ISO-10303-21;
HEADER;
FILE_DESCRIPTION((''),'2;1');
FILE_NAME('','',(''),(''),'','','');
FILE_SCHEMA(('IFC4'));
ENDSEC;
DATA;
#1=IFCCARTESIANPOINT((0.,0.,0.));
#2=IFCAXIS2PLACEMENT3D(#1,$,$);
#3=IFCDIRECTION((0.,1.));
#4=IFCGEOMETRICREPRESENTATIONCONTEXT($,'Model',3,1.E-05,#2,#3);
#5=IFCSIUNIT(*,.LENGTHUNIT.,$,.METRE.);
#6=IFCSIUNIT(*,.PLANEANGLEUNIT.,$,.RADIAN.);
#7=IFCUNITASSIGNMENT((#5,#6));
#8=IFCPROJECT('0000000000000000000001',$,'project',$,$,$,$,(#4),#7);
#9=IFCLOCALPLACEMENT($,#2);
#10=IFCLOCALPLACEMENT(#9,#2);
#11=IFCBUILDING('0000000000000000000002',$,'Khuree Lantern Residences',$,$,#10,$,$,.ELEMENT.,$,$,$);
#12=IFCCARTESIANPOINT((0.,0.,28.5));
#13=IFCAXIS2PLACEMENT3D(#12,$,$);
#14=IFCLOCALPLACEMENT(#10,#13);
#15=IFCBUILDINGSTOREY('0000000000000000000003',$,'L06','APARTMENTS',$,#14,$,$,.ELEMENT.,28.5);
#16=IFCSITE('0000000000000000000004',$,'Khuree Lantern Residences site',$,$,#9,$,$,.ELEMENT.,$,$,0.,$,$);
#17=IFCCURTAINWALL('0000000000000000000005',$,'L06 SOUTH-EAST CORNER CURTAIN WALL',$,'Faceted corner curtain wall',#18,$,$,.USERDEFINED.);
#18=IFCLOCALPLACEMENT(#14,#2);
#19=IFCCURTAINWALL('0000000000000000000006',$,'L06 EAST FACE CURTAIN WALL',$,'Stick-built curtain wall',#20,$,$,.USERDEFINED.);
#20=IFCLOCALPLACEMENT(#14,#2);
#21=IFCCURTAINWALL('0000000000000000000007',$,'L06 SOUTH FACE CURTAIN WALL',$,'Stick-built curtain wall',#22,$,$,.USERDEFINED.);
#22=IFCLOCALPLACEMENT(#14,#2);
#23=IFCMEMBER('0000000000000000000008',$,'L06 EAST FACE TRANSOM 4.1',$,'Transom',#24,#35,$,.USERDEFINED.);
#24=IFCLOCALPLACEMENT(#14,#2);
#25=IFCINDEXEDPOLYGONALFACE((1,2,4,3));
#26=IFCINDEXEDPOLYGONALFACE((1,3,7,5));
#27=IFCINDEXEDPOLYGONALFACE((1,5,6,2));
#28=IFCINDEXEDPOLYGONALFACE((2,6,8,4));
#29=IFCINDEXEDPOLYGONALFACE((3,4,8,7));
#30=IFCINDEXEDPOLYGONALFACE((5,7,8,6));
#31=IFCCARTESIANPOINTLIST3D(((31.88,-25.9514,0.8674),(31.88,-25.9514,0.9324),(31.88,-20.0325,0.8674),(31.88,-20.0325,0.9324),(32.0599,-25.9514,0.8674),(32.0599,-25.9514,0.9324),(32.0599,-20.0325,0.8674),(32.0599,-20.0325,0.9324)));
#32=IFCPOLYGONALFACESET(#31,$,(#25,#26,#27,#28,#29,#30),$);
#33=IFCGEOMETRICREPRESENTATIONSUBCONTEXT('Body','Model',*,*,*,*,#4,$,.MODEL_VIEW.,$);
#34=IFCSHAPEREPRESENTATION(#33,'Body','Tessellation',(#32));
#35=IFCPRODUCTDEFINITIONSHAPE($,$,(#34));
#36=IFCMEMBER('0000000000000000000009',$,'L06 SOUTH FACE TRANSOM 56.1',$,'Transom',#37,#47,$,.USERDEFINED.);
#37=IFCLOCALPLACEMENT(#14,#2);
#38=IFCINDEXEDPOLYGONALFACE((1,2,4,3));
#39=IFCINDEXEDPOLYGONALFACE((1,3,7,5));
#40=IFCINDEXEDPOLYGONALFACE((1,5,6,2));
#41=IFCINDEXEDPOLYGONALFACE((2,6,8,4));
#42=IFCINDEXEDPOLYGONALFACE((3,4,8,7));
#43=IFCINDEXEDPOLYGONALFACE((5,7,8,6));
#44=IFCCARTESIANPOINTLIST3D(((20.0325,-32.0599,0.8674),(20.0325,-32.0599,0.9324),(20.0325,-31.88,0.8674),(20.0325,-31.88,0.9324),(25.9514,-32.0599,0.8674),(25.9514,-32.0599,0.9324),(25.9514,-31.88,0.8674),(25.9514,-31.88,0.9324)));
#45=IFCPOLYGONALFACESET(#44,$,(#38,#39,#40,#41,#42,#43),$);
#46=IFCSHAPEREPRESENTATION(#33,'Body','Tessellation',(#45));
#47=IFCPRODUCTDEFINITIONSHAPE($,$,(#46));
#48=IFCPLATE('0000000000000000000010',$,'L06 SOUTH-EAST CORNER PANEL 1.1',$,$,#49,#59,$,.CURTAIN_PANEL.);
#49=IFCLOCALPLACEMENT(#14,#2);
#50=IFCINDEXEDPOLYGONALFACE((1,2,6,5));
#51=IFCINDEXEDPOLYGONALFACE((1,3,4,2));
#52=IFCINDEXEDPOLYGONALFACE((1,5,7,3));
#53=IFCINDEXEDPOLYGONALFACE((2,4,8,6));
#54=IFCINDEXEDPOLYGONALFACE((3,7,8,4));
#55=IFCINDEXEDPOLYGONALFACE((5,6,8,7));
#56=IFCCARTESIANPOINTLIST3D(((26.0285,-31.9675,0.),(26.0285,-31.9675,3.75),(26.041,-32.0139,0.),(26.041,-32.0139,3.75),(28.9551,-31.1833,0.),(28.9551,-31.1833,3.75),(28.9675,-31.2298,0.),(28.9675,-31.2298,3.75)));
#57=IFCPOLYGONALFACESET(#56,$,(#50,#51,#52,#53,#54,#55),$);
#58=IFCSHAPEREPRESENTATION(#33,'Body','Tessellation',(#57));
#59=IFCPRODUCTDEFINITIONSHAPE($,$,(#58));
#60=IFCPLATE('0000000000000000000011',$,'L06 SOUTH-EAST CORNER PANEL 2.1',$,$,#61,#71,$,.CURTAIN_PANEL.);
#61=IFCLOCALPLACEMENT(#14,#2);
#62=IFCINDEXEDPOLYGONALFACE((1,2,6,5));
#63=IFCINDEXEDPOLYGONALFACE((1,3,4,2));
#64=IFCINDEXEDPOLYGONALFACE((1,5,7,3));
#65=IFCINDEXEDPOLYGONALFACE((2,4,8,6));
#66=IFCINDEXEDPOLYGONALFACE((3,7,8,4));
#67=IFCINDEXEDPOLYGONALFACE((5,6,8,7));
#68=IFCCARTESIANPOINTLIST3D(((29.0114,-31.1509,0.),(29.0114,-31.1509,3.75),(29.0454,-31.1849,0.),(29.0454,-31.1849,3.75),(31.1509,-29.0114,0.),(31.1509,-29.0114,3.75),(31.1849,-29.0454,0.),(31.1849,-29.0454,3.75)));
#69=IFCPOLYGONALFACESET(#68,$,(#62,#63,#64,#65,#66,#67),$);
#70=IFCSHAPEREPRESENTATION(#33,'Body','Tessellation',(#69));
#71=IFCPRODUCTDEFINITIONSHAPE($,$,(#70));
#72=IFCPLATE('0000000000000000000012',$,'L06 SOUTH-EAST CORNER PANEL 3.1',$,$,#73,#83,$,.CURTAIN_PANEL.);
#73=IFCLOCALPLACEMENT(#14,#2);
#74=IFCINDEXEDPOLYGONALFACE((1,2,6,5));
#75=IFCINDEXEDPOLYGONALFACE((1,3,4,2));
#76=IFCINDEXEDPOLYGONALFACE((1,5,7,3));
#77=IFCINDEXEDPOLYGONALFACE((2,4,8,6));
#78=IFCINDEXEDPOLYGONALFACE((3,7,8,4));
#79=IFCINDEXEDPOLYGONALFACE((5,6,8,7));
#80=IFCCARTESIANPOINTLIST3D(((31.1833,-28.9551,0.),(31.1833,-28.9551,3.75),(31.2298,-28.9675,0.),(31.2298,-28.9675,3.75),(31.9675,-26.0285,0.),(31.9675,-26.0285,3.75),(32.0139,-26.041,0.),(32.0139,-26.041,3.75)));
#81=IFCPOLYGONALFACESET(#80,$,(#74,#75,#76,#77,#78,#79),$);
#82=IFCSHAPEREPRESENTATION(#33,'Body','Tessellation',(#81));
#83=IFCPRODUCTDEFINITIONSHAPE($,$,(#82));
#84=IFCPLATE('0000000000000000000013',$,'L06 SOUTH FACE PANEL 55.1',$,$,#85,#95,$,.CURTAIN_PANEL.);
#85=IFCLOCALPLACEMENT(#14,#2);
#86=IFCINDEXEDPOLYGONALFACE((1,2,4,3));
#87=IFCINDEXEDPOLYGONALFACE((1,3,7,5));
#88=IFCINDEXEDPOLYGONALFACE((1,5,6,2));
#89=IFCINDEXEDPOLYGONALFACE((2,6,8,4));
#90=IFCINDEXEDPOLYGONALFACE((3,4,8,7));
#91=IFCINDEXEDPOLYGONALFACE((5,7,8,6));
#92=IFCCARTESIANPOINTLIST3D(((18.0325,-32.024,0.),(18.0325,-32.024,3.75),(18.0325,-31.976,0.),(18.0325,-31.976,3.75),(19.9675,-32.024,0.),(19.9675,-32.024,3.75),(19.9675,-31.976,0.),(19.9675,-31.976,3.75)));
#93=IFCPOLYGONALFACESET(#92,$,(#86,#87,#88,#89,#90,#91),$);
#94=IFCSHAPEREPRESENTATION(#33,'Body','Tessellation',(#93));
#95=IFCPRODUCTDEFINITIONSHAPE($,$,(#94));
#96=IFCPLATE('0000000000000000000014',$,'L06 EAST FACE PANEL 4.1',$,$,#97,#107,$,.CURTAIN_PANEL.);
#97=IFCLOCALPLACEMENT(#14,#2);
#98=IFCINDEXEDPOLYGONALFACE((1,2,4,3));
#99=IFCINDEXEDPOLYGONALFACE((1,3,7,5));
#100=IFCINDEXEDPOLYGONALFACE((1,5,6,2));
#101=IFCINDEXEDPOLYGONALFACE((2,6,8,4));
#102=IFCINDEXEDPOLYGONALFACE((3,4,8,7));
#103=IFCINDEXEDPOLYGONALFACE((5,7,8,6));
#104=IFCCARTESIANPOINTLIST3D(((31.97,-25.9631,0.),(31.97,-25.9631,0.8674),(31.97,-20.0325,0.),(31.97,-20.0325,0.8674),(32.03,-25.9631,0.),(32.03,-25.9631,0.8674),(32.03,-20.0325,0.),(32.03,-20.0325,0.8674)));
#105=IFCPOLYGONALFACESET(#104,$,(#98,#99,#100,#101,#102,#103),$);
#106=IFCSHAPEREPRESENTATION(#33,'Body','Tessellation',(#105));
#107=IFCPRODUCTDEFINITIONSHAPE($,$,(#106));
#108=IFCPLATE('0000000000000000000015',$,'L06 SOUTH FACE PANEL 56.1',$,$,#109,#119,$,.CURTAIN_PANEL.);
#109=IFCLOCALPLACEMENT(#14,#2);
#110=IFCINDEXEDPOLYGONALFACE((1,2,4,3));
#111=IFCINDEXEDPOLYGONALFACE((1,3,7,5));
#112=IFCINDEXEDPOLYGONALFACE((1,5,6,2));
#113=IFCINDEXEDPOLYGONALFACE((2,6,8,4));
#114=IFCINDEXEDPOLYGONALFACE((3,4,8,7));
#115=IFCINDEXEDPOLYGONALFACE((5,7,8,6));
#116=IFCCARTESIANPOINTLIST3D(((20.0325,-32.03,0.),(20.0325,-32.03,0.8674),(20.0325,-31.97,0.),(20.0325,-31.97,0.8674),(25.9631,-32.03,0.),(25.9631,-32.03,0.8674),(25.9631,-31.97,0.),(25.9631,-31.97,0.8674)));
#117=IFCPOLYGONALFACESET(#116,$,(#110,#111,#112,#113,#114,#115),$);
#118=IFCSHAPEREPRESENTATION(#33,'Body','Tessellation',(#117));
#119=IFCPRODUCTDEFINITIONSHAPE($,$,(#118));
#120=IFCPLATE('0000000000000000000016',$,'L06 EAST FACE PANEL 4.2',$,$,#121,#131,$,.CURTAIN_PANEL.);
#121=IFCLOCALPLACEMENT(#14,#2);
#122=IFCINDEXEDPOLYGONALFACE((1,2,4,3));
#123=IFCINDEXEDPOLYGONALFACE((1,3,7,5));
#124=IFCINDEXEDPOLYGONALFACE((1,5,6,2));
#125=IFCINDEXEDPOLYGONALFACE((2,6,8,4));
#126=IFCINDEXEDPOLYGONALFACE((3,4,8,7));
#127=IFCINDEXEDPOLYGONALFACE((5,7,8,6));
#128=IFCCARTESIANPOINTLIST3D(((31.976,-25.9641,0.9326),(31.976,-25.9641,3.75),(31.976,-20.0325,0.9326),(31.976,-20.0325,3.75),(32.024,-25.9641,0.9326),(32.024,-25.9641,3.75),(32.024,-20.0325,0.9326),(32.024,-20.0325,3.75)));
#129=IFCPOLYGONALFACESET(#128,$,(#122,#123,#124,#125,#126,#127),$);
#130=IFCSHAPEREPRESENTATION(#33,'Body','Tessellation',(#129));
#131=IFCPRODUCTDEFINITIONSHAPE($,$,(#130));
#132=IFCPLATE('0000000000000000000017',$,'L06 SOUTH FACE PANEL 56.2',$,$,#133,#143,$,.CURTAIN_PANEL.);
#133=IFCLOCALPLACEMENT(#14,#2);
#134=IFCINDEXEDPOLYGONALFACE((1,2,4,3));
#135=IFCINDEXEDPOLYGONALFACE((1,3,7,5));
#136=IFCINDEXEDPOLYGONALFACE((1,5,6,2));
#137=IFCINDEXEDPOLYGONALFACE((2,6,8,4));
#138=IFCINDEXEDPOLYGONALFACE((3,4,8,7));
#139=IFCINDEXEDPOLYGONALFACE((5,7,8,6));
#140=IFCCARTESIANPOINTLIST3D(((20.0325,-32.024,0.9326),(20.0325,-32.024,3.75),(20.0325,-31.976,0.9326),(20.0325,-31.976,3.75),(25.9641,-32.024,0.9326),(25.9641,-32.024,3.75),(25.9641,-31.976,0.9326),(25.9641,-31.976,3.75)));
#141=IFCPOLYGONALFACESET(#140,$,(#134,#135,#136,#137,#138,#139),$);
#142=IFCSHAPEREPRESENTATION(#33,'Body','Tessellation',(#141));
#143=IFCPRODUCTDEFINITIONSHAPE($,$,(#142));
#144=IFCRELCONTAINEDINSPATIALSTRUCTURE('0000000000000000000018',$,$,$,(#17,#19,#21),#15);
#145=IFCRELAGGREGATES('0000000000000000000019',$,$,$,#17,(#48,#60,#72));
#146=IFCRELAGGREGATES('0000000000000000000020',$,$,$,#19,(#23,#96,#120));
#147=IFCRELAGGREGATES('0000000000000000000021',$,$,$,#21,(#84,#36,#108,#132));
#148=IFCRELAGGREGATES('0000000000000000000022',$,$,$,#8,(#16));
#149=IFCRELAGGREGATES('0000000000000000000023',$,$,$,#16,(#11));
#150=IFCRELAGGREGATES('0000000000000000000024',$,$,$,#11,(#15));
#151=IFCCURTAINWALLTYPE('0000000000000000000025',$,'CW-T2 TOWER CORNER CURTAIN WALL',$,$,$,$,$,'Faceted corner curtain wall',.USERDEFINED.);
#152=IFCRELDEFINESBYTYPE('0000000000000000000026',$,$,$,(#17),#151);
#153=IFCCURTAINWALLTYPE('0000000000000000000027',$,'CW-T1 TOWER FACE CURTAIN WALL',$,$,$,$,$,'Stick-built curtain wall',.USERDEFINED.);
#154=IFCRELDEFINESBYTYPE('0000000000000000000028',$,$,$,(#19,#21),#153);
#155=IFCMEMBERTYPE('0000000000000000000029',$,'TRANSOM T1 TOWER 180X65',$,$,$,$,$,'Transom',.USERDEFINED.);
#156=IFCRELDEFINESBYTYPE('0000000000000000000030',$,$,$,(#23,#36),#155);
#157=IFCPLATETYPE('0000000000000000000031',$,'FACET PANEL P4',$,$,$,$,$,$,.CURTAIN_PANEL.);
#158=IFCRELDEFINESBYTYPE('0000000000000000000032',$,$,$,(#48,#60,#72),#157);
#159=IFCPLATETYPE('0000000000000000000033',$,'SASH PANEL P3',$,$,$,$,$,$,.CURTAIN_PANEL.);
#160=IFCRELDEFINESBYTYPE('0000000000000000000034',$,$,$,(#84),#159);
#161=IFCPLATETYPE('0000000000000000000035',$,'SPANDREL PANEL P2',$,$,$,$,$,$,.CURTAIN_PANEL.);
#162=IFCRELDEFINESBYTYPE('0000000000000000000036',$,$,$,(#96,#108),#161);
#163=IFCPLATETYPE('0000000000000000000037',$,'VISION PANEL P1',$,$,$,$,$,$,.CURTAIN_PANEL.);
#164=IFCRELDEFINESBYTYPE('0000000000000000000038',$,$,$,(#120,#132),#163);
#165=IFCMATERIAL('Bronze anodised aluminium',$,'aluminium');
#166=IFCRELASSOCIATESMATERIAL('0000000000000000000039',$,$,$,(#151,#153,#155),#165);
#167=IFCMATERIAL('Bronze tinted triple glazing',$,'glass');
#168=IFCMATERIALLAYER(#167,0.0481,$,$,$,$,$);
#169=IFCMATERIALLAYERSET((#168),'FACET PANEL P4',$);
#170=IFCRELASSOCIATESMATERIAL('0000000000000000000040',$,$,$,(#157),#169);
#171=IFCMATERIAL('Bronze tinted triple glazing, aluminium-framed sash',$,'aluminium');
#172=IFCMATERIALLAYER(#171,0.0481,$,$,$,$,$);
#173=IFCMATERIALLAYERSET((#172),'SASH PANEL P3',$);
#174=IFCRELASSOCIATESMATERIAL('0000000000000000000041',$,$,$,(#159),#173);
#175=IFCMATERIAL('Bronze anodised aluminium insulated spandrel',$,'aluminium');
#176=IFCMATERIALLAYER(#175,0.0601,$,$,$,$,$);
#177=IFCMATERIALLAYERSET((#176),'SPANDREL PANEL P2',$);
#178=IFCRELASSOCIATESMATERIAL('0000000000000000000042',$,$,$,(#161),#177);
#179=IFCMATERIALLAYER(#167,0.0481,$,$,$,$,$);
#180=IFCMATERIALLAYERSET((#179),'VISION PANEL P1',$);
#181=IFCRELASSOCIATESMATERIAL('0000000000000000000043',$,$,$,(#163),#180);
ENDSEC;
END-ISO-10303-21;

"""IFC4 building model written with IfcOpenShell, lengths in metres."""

from ifc_helpers import new_model, si_unit, direction, frame, origin, origin_2d, place, context, subcontext, project, spatial, rectangle, extrude, material, layer, layer_set, material_profile, profile_set, type_object, element, aggregate, save


model = new_model("IFC4")

# Units and contexts
model_context = context("Model", 3, precision=1e-05, world=origin(), true_north=direction((0.0, 1.0)))
body_context = subcontext(model_context, "Body", "Model", "MODEL_VIEW")
ifc_project = project(units=[si_unit("LENGTHUNIT", "METRE"), si_unit("PLANEANGLEUNIT", "RADIAN")], contexts=[model_context])

# Site, building, storey
site_placement = place(None, origin())
site = spatial("IfcSite", under=ifc_project, at=site_placement, Name="Khuree Lantern Residences site", CompositionType="ELEMENT", RefElevation=0.0)
building_placement = place(site_placement, origin())
building = spatial("IfcBuilding", under=site, at=building_placement, Name="Khuree Lantern Residences", CompositionType="ELEMENT")
storey_placement = place(building_placement, frame((0.0, 0.0, 28.5)))
storey = spatial("IfcBuildingStorey", under=building, at=storey_placement, Name="L06", Description="APARTMENTS", CompositionType="ELEMENT", Elevation=28.5)

# Curtain walls
ifc_material_1 = material(Name="Bronze anodised aluminium", Category="aluminium")
curtain_wall_type_1 = type_object("IfcCurtainWallType", Name="CW-T2 TOWER CORNER CURTAIN WALL", ElementType="Faceted corner curtain wall", PredefinedType="USERDEFINED", material=ifc_material_1)
curtain_wall_1_placement = place(storey_placement, origin())
curtain_wall_1 = element("IfcCurtainWall", 1, at=curtain_wall_1_placement, inside=storey, type_object=curtain_wall_type_1, Name="L06 SOUTH-EAST CORNER CURTAIN WALL", ObjectType="Faceted corner curtain wall", PredefinedType="USERDEFINED")
curtain_wall_type_2 = type_object("IfcCurtainWallType", Name="CW-T1 TOWER FACE CURTAIN WALL", ElementType="Stick-built curtain wall", PredefinedType="USERDEFINED", material=ifc_material_1)
curtain_wall_2_placement = place(storey_placement, origin())
curtain_wall_2 = element("IfcCurtainWall", 2, at=curtain_wall_2_placement, inside=storey, type_object=curtain_wall_type_2, Name="L06 EAST FACE CURTAIN WALL", ObjectType="Stick-built curtain wall", PredefinedType="USERDEFINED")

# Curtain wall
curtain_wall_3_placement = place(storey_placement, origin())
curtain_wall_3 = element("IfcCurtainWall", 3, at=curtain_wall_3_placement, inside=storey, type_object=curtain_wall_type_2, Name="L06 SOUTH FACE CURTAIN WALL", ObjectType="Stick-built curtain wall", PredefinedType="USERDEFINED")

# Members
ifc_material_profile_1 = material_profile(ifc_material_1, rectangle(XDim=0.1799, YDim=0.0649, at=origin_2d()), Name="T1 180X65")
ifc_profile_set_1 = profile_set([ifc_material_profile_1], Name="Bronze anodised aluminium")
member_type_1 = type_object("IfcMemberType", Name="TRANSOM T1 TOWER 180X65", ElementType="Transom", PredefinedType="USERDEFINED", material=ifc_profile_set_1)
member_1_placement = place(storey_placement, frame((31.97, -25.9514, 0.8999), z_axis=(0.0, 1.0, 0.0), x_axis=(-1.0, 0.0, 0.0)))
member_1 = element("IfcMember", 4, at=member_1_placement, type_object=member_type_1, Name="L06 EAST FACE TRANSOM 4.1", ObjectType="Transom", PredefinedType="USERDEFINED", context=body_context, shape_type="SweptSolid", body=[
    extrude(rectangle(XDim=0.1799, YDim=0.0649, at=origin_2d()), origin(), (0.0, 0.0, 1.0), 5.9189),
])
member_2_placement = place(storey_placement, frame((20.0325, -31.97, 0.8999), z_axis=(1.0, 0.0, 0.0), x_axis=(0.0, 1.0, 0.0)))
member_2 = element("IfcMember", 5, at=member_2_placement, type_object=member_type_1, Name="L06 SOUTH FACE TRANSOM 56.1", ObjectType="Transom", PredefinedType="USERDEFINED", context=body_context, shape_type="SweptSolid", body=[
    extrude(rectangle(XDim=0.1799, YDim=0.0649, at=origin_2d()), origin(), (0.0, 0.0, 1.0), 5.9189),
])

# Plates
ifc_material_2 = material(Name="Bronze tinted triple glazing", Category="glass")
ifc_layer_1 = layer(ifc_material_2, 0.0481)
ifc_layer_set_1 = layer_set([ifc_layer_1], Name="FACET PANEL P4")
plate_type_1 = type_object("IfcPlateType", Name="FACET PANEL P4", PredefinedType="CURTAIN_PANEL", material=ifc_layer_set_1)
plate_1_placement = place(storey_placement, frame((27.498, -31.5986, 0.0), z_axis=(0.0, 0.0, 1.0), x_axis=(0.965926, 0.258819, 0.0)))
plate_1 = element("IfcPlate", 6, at=plate_1_placement, type_object=plate_type_1, Name="L06 SOUTH-EAST CORNER PANEL 1.1", PredefinedType="CURTAIN_PANEL", context=body_context, shape_type="SweptSolid", body=[
    extrude(rectangle(XDim=3.0298, YDim=0.0481, at=origin_2d()), origin(), (0.0, 0.0, 1.0), 3.75),
])
plate_2_placement = place(storey_placement, frame((30.0981, -30.0981, 0.0), z_axis=(0.0, 0.0, 1.0), x_axis=(0.707107, 0.707107, 0.0)))
plate_2 = element("IfcPlate", 7, at=plate_2_placement, type_object=plate_type_1, Name="L06 SOUTH-EAST CORNER PANEL 2.1", PredefinedType="CURTAIN_PANEL", context=body_context, shape_type="SweptSolid", body=[
    extrude(rectangle(XDim=3.0256, YDim=0.0481, at=origin_2d()), origin(), (0.0, 0.0, 1.0), 3.75),
])
plate_3_placement = place(storey_placement, frame((31.5986, -27.498, 0.0), z_axis=(0.0, 0.0, 1.0), x_axis=(0.258819, 0.965926, 0.0)))
plate_3 = element("IfcPlate", 8, at=plate_3_placement, type_object=plate_type_1, Name="L06 SOUTH-EAST CORNER PANEL 3.1", PredefinedType="CURTAIN_PANEL", context=body_context, shape_type="SweptSolid", body=[
    extrude(rectangle(XDim=3.0298, YDim=0.0481, at=origin_2d()), origin(), (0.0, 0.0, 1.0), 3.75),
])
aggregate(curtain_wall_1, [plate_1, plate_2, plate_3])
ifc_material_3 = material(Name="Bronze tinted triple glazing, aluminium-framed sash", Category="aluminium")
ifc_layer_2 = layer(ifc_material_3, 0.0481)
ifc_layer_set_2 = layer_set([ifc_layer_2], Name="SASH PANEL P3")
plate_type_2 = type_object("IfcPlateType", Name="SASH PANEL P3", PredefinedType="CURTAIN_PANEL", material=ifc_layer_set_2)
plate_4_placement = place(storey_placement, frame((19.0, -32.0, 0.0), z_axis=(0.0, 0.0, 1.0), x_axis=(1.0, 0.0, 0.0)))
plate_4 = element("IfcPlate", 9, at=plate_4_placement, type_object=plate_type_2, Name="L06 SOUTH FACE PANEL 55.1", PredefinedType="CURTAIN_PANEL", context=body_context, shape_type="SweptSolid", body=[
    extrude(rectangle(XDim=1.9351, YDim=0.0481, at=origin_2d()), origin(), (0.0, 0.0, 1.0), 3.75),
])
ifc_material_4 = material(Name="Bronze anodised aluminium insulated spandrel", Category="aluminium")
ifc_layer_3 = layer(ifc_material_4, 0.0601)
ifc_layer_set_3 = layer_set([ifc_layer_3], Name="SPANDREL PANEL P2")
plate_type_3 = type_object("IfcPlateType", Name="SPANDREL PANEL P2", PredefinedType="CURTAIN_PANEL", material=ifc_layer_set_3)
plate_5_placement = place(storey_placement, frame((32.0, -22.9978, 0.0), z_axis=(0.0, 0.0, 1.0), x_axis=(0.0, 1.0, 0.0)))
plate_5 = element("IfcPlate", 10, at=plate_5_placement, type_object=plate_type_3, Name="L06 EAST FACE PANEL 4.1", PredefinedType="CURTAIN_PANEL", context=body_context, shape_type="SweptSolid", body=[
    extrude(rectangle(XDim=5.9307, YDim=0.0601, at=origin_2d()), origin(), (0.0, 0.0, 1.0), 0.8674),
])
plate_6_placement = place(storey_placement, frame((22.9978, -32.0, 0.0), z_axis=(0.0, 0.0, 1.0), x_axis=(1.0, 0.0, 0.0)))
plate_6 = element("IfcPlate", 11, at=plate_6_placement, type_object=plate_type_3, Name="L06 SOUTH FACE PANEL 56.1", PredefinedType="CURTAIN_PANEL", context=body_context, shape_type="SweptSolid", body=[
    extrude(rectangle(XDim=5.9307, YDim=0.0601, at=origin_2d()), origin(), (0.0, 0.0, 1.0), 0.8674),
])
ifc_layer_4 = layer(ifc_material_2, 0.0481)
ifc_layer_set_4 = layer_set([ifc_layer_4], Name="VISION PANEL P1")
plate_type_4 = type_object("IfcPlateType", Name="VISION PANEL P1", PredefinedType="CURTAIN_PANEL", material=ifc_layer_set_4)
plate_7_placement = place(storey_placement, frame((32.0, -22.9983, 0.9326), z_axis=(0.0, 0.0, 1.0), x_axis=(0.0, 1.0, 0.0)))
plate_7 = element("IfcPlate", 12, at=plate_7_placement, type_object=plate_type_4, Name="L06 EAST FACE PANEL 4.2", PredefinedType="CURTAIN_PANEL", context=body_context, shape_type="SweptSolid", body=[
    extrude(rectangle(XDim=5.9316, YDim=0.0481, at=origin_2d()), origin(), (0.0, 0.0, 1.0), 2.8174),
])
aggregate(curtain_wall_2, [member_1, plate_5, plate_7])
plate_8_placement = place(storey_placement, frame((22.9983, -32.0, 0.9326), z_axis=(0.0, 0.0, 1.0), x_axis=(1.0, 0.0, 0.0)))
plate_8 = element("IfcPlate", 13, at=plate_8_placement, type_object=plate_type_4, Name="L06 SOUTH FACE PANEL 56.2", PredefinedType="CURTAIN_PANEL", context=body_context, shape_type="SweptSolid", body=[
    extrude(rectangle(XDim=5.9316, YDim=0.0481, at=origin_2d()), origin(), (0.0, 0.0, 1.0), 2.8174),
])
aggregate(curtain_wall_3, [plate_4, member_2, plate_6, plate_8])

save(model, "model.ifc")
